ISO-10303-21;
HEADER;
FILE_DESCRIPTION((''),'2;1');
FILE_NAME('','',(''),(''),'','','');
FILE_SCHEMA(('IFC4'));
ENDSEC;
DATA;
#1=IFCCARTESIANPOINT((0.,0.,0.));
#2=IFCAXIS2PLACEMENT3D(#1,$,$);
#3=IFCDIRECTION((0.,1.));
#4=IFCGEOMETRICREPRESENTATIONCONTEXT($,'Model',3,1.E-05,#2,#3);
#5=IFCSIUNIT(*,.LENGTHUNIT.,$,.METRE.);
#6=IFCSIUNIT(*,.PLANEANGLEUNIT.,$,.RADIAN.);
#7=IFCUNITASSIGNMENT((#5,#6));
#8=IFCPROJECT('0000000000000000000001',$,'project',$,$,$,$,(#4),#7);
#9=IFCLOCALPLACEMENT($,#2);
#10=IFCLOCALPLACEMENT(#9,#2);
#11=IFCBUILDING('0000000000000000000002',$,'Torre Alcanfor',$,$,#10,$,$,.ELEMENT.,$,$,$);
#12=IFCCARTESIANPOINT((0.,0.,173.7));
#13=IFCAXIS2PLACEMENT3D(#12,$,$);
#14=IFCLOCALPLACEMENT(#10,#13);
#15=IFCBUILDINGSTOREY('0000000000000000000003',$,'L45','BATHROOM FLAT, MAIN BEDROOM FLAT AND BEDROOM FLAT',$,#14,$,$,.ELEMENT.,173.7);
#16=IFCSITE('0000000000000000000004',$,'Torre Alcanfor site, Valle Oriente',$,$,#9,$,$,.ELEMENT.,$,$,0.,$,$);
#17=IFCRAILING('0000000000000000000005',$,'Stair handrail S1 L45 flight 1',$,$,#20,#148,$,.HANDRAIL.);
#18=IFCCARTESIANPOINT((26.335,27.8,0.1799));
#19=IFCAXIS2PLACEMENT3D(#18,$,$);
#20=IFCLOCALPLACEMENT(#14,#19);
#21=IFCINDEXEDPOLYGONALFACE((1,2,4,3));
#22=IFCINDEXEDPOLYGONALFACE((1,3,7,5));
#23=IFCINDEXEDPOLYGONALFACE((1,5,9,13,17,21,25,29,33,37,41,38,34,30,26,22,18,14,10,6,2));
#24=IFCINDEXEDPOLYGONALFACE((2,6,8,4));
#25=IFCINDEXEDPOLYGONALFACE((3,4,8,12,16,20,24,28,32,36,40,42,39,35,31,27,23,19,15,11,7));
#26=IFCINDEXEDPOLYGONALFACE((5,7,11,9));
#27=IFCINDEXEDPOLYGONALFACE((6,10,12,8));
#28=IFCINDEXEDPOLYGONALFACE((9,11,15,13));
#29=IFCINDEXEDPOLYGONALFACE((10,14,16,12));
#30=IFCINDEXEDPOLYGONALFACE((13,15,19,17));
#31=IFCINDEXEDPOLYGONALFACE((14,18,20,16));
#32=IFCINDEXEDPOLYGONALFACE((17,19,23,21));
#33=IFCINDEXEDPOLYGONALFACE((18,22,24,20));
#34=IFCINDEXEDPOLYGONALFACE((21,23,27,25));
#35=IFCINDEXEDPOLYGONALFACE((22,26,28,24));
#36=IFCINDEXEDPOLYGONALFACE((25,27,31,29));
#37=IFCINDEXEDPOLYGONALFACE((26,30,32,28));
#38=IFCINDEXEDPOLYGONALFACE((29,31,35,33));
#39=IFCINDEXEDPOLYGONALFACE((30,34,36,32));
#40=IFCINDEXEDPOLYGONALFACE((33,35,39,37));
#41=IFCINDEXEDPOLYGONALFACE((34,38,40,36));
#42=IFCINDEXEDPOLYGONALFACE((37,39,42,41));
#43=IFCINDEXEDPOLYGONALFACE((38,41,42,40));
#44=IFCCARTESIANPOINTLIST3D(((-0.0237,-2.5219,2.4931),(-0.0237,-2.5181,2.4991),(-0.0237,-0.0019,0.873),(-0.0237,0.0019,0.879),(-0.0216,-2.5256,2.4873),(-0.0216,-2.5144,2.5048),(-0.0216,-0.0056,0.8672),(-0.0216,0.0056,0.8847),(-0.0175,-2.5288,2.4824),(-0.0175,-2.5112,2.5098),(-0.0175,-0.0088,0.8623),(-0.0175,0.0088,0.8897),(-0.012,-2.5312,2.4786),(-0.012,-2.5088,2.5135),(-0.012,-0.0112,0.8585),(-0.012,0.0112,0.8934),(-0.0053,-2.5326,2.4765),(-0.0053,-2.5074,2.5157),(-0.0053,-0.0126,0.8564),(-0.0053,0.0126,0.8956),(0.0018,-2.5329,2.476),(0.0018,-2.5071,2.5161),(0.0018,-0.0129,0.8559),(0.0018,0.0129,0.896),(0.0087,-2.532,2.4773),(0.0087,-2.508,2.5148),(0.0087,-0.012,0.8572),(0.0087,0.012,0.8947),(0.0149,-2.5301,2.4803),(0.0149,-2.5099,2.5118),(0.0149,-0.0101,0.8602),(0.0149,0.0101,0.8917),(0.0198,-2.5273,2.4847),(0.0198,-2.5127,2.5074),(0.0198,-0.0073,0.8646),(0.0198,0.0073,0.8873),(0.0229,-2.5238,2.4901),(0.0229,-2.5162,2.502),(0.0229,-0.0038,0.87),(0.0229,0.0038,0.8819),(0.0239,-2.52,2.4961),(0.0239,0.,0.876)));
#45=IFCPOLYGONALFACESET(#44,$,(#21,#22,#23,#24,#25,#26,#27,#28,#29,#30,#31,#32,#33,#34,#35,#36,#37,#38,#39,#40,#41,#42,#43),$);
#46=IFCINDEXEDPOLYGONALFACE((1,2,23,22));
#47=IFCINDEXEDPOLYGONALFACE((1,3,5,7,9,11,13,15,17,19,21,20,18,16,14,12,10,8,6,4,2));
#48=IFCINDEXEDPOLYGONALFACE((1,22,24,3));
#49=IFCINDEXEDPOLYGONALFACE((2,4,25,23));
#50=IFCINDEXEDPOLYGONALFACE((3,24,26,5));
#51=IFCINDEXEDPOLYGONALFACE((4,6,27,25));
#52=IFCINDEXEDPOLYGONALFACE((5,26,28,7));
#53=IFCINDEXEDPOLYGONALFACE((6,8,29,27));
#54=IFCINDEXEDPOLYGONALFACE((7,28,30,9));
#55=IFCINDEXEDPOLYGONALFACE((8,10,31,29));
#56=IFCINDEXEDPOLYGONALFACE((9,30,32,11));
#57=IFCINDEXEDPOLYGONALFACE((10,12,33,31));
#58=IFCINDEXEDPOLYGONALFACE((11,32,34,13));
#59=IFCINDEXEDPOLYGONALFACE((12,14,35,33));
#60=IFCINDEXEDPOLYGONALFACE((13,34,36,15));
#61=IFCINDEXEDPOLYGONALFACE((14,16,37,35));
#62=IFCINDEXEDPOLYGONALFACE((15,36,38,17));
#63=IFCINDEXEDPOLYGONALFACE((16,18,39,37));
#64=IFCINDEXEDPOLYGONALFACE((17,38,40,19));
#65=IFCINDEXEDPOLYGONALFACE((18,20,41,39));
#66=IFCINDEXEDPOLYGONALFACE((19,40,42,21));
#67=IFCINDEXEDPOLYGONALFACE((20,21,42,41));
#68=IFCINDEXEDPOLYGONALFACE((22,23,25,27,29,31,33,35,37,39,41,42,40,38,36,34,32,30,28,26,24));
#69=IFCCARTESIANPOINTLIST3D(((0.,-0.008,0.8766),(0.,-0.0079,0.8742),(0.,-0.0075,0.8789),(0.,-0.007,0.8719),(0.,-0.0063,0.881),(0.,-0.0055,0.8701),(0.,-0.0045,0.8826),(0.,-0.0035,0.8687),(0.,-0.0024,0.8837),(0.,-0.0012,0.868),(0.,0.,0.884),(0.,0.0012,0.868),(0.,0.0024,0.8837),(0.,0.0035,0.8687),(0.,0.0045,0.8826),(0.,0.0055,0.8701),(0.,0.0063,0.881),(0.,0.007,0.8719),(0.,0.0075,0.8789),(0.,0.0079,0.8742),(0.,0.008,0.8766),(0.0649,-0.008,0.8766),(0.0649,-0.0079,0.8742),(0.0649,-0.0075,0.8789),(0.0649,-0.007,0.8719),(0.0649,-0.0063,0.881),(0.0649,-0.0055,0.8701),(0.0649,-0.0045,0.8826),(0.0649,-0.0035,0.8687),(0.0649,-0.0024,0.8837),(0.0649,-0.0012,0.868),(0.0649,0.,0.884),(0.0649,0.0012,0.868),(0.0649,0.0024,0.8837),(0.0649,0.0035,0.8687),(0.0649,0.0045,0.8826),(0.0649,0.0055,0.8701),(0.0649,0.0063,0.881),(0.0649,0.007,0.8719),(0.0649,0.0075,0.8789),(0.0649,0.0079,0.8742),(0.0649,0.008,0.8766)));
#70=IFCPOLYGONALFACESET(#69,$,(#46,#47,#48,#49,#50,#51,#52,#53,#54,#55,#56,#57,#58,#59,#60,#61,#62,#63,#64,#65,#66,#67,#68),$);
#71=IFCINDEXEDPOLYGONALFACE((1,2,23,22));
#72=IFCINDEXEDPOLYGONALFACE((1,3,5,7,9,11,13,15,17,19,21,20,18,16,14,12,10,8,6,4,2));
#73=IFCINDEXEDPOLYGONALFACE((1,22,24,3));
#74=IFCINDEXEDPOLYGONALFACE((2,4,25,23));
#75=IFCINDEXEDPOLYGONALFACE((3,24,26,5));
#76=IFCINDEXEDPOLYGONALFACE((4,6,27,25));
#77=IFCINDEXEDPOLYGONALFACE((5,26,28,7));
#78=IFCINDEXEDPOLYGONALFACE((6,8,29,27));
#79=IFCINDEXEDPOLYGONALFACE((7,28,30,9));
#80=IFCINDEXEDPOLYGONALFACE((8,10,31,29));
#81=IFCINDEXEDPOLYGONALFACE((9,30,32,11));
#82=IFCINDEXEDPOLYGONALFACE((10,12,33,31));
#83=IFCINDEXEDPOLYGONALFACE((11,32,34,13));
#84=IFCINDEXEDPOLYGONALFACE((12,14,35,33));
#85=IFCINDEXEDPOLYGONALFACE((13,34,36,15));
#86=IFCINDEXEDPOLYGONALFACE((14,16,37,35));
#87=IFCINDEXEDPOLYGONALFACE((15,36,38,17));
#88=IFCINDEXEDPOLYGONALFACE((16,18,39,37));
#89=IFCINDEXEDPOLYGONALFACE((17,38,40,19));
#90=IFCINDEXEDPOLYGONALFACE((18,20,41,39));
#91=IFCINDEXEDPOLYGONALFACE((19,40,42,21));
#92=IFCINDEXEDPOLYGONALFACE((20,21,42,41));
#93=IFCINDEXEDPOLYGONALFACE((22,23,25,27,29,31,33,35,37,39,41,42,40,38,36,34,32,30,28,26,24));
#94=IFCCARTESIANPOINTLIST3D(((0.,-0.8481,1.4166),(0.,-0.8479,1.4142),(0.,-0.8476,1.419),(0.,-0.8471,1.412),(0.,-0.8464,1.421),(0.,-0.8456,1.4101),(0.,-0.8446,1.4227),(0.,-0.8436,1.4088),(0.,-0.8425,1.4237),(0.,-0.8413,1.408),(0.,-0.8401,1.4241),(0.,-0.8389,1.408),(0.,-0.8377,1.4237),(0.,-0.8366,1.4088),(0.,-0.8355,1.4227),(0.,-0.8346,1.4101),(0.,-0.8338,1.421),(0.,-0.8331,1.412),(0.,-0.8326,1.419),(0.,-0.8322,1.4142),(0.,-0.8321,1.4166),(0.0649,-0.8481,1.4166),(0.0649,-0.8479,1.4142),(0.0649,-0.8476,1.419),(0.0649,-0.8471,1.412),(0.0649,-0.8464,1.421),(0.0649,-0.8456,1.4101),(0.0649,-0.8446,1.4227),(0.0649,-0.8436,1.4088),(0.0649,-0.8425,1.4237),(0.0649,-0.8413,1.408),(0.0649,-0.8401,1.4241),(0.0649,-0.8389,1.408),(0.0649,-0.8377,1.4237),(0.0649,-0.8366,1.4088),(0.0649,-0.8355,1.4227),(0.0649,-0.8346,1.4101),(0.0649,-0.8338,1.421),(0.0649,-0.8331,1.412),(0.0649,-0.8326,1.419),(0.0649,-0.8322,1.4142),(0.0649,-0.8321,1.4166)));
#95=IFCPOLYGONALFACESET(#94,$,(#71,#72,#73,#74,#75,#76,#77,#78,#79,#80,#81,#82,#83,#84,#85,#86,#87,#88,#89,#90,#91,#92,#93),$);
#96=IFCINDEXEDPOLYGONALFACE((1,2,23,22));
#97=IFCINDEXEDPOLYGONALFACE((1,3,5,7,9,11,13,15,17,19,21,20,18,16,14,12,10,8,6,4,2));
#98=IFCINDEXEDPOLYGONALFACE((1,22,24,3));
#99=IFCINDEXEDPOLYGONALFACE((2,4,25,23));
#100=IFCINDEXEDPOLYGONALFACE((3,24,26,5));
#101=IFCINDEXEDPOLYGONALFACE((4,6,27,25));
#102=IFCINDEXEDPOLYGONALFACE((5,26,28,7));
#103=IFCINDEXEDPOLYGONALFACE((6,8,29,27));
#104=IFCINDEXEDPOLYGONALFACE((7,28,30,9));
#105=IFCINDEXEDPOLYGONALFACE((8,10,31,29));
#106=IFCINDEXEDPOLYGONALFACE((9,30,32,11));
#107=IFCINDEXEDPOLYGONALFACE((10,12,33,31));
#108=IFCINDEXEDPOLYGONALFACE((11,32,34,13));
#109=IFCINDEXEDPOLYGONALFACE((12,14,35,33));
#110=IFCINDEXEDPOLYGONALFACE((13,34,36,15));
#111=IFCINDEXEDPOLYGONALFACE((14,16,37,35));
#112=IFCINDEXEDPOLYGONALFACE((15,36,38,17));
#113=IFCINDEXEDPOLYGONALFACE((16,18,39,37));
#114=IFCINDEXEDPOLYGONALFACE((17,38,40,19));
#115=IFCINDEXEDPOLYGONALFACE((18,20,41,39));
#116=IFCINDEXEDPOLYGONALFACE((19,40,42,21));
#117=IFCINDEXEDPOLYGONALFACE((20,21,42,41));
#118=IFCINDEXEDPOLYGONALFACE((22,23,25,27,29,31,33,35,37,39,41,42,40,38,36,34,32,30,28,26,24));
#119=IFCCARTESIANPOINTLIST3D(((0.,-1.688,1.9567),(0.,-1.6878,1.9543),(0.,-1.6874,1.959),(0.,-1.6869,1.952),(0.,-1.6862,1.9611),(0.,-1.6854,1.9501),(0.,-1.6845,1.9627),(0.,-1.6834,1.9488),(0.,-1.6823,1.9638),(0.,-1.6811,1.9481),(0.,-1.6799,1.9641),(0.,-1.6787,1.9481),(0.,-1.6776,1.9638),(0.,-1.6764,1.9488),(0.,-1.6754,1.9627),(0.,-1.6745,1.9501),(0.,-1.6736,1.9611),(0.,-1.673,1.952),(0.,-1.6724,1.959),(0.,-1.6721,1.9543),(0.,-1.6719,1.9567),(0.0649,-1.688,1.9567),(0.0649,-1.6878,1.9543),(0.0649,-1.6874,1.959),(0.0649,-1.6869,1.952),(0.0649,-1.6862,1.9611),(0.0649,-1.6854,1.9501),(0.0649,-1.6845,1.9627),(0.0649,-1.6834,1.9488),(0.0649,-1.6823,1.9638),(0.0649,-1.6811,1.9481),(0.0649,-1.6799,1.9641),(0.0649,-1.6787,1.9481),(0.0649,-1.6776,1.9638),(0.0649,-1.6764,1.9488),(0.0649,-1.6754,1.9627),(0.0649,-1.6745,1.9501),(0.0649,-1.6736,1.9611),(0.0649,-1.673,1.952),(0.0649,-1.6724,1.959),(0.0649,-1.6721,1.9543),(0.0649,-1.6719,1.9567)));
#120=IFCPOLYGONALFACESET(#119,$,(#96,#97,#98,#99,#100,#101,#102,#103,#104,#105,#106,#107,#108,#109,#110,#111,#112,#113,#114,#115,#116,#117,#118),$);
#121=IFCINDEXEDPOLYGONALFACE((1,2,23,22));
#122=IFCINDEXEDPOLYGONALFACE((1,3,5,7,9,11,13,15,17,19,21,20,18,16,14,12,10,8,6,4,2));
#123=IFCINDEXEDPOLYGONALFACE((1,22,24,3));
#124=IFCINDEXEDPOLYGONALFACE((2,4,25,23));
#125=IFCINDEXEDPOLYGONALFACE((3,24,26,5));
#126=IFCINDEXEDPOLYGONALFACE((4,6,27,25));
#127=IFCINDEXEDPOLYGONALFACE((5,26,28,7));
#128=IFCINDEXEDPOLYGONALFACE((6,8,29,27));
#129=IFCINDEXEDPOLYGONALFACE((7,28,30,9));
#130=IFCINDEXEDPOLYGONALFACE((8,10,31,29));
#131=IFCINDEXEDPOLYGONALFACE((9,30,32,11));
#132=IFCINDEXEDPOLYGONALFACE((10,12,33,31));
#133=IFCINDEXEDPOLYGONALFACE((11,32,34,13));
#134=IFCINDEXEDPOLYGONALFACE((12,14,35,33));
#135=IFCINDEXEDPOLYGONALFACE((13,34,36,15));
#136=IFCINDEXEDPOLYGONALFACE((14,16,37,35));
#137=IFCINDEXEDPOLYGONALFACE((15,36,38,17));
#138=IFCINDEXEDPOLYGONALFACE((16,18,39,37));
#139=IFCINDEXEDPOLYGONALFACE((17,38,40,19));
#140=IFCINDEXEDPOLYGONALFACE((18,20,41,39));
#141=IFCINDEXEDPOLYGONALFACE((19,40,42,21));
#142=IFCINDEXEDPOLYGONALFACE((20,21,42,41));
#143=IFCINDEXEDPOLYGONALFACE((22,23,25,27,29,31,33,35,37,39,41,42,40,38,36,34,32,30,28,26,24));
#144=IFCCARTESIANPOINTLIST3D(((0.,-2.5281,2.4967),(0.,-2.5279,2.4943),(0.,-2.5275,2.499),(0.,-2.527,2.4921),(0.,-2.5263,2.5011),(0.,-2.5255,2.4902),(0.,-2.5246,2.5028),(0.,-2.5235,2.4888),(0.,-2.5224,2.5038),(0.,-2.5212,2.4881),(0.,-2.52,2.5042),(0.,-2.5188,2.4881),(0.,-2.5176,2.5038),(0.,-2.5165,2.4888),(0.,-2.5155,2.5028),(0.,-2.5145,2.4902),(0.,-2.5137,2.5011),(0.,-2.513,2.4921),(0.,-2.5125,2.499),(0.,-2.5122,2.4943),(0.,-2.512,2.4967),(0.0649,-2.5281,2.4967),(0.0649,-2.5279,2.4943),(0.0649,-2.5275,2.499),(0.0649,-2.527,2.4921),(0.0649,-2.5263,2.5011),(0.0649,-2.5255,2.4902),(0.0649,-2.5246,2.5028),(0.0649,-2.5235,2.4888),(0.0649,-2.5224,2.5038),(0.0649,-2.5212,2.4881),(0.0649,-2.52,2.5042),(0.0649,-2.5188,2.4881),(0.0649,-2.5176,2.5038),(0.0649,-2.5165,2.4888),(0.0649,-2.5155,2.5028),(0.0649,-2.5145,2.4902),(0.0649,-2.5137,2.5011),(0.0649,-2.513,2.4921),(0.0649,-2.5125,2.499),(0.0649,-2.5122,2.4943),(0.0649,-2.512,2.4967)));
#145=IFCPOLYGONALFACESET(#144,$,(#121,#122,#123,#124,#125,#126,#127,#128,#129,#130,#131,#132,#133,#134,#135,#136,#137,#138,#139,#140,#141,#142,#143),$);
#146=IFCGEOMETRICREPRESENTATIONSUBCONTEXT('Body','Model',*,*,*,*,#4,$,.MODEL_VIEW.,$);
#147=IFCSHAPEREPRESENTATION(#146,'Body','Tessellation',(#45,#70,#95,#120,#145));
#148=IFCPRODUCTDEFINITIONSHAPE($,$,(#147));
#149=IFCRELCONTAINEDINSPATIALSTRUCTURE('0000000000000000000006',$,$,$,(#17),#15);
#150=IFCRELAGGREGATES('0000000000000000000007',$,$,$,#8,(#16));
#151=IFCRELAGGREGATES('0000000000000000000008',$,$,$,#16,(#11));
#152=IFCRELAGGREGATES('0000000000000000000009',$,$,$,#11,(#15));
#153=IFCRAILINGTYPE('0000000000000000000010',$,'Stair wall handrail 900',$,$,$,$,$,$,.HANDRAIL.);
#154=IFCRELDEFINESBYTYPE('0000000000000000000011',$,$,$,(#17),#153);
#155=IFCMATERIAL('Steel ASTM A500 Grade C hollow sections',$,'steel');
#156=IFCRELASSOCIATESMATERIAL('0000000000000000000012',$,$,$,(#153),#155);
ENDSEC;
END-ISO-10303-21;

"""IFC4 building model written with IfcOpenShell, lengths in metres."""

from ifc_helpers import new_model, si_unit, direction, frame, origin, origin_2d, place, context, subcontext, project, spatial, circle, extrude, material, type_object, element, save


model = new_model("IFC4")

# Units and contexts
model_context = context("Model", 3, precision=1e-05, world=origin(), true_north=direction((0.0, 1.0)))
body_context = subcontext(model_context, "Body", "Model", "MODEL_VIEW")
ifc_project = project(units=[si_unit("LENGTHUNIT", "METRE"), si_unit("PLANEANGLEUNIT", "RADIAN")], contexts=[model_context])

# Site, building, storey
site_placement = place(None, origin())
site = spatial("IfcSite", under=ifc_project, at=site_placement, Name="Torre Alcanfor site, Valle Oriente", CompositionType="ELEMENT", RefElevation=0.0)
building_placement = place(site_placement, origin())
building = spatial("IfcBuilding", under=site, at=building_placement, Name="Torre Alcanfor", CompositionType="ELEMENT")
storey_placement = place(building_placement, frame((0.0, 0.0, 173.7)))
storey = spatial("IfcBuildingStorey", under=building, at=storey_placement, Name="L45", Description="BATHROOM FLAT, MAIN BEDROOM FLAT AND BEDROOM FLAT", CompositionType="ELEMENT", Elevation=173.7)

# Railing
ifc_material_1 = material(Name="Steel ASTM A500 Grade C hollow sections", Category="steel")
railing_type_1 = type_object("IfcRailingType", Name="Stair wall handrail 900", PredefinedType="HANDRAIL", material=ifc_material_1)
railing_1_placement = place(storey_placement, frame((26.335, 27.8, 0.1799)))
element("IfcRailing", 1, at=railing_1_placement, inside=storey, type_object=railing_type_1, Name="Stair handrail S1 L45 flight 1", PredefinedType="HANDRAIL", context=body_context, shape_type="SweptSolid", body=[
    extrude(circle(Radius=0.0239, at=origin_2d()), frame((0.0, 0.0, 0.876), z_axis=(0.0, -0.841163, 0.540782), x_axis=(1.0, 0.0, 0.0)), (0.0, 0.0, 1.0), 2.9958),
    extrude(circle(Radius=0.0081, at=origin_2d()), frame((0.0, 0.0, 0.876), z_axis=(1.0, 0.0, 0.0), x_axis=(0.0, 0.0, 1.0)), (0.0, 0.0, 1.0), 0.0649),
    extrude(circle(Radius=0.0081, at=origin_2d()), frame((0.0, -0.8401, 1.416), z_axis=(1.0, 0.0, 0.0), x_axis=(0.0, 0.0, 1.0)), (0.0, 0.0, 1.0), 0.0649),
    extrude(circle(Radius=0.0081, at=origin_2d()), frame((0.0, -1.6799, 1.9561), z_axis=(1.0, 0.0, 0.0), x_axis=(0.0, 0.0, 1.0)), (0.0, 0.0, 1.0), 0.0649),
    extrude(circle(Radius=0.0081, at=origin_2d()), frame((0.0, -2.52, 2.4961), z_axis=(1.0, 0.0, 0.0), x_axis=(0.0, 0.0, 1.0)), (0.0, 0.0, 1.0), 0.0649),
])

save(model, "model.ifc")
